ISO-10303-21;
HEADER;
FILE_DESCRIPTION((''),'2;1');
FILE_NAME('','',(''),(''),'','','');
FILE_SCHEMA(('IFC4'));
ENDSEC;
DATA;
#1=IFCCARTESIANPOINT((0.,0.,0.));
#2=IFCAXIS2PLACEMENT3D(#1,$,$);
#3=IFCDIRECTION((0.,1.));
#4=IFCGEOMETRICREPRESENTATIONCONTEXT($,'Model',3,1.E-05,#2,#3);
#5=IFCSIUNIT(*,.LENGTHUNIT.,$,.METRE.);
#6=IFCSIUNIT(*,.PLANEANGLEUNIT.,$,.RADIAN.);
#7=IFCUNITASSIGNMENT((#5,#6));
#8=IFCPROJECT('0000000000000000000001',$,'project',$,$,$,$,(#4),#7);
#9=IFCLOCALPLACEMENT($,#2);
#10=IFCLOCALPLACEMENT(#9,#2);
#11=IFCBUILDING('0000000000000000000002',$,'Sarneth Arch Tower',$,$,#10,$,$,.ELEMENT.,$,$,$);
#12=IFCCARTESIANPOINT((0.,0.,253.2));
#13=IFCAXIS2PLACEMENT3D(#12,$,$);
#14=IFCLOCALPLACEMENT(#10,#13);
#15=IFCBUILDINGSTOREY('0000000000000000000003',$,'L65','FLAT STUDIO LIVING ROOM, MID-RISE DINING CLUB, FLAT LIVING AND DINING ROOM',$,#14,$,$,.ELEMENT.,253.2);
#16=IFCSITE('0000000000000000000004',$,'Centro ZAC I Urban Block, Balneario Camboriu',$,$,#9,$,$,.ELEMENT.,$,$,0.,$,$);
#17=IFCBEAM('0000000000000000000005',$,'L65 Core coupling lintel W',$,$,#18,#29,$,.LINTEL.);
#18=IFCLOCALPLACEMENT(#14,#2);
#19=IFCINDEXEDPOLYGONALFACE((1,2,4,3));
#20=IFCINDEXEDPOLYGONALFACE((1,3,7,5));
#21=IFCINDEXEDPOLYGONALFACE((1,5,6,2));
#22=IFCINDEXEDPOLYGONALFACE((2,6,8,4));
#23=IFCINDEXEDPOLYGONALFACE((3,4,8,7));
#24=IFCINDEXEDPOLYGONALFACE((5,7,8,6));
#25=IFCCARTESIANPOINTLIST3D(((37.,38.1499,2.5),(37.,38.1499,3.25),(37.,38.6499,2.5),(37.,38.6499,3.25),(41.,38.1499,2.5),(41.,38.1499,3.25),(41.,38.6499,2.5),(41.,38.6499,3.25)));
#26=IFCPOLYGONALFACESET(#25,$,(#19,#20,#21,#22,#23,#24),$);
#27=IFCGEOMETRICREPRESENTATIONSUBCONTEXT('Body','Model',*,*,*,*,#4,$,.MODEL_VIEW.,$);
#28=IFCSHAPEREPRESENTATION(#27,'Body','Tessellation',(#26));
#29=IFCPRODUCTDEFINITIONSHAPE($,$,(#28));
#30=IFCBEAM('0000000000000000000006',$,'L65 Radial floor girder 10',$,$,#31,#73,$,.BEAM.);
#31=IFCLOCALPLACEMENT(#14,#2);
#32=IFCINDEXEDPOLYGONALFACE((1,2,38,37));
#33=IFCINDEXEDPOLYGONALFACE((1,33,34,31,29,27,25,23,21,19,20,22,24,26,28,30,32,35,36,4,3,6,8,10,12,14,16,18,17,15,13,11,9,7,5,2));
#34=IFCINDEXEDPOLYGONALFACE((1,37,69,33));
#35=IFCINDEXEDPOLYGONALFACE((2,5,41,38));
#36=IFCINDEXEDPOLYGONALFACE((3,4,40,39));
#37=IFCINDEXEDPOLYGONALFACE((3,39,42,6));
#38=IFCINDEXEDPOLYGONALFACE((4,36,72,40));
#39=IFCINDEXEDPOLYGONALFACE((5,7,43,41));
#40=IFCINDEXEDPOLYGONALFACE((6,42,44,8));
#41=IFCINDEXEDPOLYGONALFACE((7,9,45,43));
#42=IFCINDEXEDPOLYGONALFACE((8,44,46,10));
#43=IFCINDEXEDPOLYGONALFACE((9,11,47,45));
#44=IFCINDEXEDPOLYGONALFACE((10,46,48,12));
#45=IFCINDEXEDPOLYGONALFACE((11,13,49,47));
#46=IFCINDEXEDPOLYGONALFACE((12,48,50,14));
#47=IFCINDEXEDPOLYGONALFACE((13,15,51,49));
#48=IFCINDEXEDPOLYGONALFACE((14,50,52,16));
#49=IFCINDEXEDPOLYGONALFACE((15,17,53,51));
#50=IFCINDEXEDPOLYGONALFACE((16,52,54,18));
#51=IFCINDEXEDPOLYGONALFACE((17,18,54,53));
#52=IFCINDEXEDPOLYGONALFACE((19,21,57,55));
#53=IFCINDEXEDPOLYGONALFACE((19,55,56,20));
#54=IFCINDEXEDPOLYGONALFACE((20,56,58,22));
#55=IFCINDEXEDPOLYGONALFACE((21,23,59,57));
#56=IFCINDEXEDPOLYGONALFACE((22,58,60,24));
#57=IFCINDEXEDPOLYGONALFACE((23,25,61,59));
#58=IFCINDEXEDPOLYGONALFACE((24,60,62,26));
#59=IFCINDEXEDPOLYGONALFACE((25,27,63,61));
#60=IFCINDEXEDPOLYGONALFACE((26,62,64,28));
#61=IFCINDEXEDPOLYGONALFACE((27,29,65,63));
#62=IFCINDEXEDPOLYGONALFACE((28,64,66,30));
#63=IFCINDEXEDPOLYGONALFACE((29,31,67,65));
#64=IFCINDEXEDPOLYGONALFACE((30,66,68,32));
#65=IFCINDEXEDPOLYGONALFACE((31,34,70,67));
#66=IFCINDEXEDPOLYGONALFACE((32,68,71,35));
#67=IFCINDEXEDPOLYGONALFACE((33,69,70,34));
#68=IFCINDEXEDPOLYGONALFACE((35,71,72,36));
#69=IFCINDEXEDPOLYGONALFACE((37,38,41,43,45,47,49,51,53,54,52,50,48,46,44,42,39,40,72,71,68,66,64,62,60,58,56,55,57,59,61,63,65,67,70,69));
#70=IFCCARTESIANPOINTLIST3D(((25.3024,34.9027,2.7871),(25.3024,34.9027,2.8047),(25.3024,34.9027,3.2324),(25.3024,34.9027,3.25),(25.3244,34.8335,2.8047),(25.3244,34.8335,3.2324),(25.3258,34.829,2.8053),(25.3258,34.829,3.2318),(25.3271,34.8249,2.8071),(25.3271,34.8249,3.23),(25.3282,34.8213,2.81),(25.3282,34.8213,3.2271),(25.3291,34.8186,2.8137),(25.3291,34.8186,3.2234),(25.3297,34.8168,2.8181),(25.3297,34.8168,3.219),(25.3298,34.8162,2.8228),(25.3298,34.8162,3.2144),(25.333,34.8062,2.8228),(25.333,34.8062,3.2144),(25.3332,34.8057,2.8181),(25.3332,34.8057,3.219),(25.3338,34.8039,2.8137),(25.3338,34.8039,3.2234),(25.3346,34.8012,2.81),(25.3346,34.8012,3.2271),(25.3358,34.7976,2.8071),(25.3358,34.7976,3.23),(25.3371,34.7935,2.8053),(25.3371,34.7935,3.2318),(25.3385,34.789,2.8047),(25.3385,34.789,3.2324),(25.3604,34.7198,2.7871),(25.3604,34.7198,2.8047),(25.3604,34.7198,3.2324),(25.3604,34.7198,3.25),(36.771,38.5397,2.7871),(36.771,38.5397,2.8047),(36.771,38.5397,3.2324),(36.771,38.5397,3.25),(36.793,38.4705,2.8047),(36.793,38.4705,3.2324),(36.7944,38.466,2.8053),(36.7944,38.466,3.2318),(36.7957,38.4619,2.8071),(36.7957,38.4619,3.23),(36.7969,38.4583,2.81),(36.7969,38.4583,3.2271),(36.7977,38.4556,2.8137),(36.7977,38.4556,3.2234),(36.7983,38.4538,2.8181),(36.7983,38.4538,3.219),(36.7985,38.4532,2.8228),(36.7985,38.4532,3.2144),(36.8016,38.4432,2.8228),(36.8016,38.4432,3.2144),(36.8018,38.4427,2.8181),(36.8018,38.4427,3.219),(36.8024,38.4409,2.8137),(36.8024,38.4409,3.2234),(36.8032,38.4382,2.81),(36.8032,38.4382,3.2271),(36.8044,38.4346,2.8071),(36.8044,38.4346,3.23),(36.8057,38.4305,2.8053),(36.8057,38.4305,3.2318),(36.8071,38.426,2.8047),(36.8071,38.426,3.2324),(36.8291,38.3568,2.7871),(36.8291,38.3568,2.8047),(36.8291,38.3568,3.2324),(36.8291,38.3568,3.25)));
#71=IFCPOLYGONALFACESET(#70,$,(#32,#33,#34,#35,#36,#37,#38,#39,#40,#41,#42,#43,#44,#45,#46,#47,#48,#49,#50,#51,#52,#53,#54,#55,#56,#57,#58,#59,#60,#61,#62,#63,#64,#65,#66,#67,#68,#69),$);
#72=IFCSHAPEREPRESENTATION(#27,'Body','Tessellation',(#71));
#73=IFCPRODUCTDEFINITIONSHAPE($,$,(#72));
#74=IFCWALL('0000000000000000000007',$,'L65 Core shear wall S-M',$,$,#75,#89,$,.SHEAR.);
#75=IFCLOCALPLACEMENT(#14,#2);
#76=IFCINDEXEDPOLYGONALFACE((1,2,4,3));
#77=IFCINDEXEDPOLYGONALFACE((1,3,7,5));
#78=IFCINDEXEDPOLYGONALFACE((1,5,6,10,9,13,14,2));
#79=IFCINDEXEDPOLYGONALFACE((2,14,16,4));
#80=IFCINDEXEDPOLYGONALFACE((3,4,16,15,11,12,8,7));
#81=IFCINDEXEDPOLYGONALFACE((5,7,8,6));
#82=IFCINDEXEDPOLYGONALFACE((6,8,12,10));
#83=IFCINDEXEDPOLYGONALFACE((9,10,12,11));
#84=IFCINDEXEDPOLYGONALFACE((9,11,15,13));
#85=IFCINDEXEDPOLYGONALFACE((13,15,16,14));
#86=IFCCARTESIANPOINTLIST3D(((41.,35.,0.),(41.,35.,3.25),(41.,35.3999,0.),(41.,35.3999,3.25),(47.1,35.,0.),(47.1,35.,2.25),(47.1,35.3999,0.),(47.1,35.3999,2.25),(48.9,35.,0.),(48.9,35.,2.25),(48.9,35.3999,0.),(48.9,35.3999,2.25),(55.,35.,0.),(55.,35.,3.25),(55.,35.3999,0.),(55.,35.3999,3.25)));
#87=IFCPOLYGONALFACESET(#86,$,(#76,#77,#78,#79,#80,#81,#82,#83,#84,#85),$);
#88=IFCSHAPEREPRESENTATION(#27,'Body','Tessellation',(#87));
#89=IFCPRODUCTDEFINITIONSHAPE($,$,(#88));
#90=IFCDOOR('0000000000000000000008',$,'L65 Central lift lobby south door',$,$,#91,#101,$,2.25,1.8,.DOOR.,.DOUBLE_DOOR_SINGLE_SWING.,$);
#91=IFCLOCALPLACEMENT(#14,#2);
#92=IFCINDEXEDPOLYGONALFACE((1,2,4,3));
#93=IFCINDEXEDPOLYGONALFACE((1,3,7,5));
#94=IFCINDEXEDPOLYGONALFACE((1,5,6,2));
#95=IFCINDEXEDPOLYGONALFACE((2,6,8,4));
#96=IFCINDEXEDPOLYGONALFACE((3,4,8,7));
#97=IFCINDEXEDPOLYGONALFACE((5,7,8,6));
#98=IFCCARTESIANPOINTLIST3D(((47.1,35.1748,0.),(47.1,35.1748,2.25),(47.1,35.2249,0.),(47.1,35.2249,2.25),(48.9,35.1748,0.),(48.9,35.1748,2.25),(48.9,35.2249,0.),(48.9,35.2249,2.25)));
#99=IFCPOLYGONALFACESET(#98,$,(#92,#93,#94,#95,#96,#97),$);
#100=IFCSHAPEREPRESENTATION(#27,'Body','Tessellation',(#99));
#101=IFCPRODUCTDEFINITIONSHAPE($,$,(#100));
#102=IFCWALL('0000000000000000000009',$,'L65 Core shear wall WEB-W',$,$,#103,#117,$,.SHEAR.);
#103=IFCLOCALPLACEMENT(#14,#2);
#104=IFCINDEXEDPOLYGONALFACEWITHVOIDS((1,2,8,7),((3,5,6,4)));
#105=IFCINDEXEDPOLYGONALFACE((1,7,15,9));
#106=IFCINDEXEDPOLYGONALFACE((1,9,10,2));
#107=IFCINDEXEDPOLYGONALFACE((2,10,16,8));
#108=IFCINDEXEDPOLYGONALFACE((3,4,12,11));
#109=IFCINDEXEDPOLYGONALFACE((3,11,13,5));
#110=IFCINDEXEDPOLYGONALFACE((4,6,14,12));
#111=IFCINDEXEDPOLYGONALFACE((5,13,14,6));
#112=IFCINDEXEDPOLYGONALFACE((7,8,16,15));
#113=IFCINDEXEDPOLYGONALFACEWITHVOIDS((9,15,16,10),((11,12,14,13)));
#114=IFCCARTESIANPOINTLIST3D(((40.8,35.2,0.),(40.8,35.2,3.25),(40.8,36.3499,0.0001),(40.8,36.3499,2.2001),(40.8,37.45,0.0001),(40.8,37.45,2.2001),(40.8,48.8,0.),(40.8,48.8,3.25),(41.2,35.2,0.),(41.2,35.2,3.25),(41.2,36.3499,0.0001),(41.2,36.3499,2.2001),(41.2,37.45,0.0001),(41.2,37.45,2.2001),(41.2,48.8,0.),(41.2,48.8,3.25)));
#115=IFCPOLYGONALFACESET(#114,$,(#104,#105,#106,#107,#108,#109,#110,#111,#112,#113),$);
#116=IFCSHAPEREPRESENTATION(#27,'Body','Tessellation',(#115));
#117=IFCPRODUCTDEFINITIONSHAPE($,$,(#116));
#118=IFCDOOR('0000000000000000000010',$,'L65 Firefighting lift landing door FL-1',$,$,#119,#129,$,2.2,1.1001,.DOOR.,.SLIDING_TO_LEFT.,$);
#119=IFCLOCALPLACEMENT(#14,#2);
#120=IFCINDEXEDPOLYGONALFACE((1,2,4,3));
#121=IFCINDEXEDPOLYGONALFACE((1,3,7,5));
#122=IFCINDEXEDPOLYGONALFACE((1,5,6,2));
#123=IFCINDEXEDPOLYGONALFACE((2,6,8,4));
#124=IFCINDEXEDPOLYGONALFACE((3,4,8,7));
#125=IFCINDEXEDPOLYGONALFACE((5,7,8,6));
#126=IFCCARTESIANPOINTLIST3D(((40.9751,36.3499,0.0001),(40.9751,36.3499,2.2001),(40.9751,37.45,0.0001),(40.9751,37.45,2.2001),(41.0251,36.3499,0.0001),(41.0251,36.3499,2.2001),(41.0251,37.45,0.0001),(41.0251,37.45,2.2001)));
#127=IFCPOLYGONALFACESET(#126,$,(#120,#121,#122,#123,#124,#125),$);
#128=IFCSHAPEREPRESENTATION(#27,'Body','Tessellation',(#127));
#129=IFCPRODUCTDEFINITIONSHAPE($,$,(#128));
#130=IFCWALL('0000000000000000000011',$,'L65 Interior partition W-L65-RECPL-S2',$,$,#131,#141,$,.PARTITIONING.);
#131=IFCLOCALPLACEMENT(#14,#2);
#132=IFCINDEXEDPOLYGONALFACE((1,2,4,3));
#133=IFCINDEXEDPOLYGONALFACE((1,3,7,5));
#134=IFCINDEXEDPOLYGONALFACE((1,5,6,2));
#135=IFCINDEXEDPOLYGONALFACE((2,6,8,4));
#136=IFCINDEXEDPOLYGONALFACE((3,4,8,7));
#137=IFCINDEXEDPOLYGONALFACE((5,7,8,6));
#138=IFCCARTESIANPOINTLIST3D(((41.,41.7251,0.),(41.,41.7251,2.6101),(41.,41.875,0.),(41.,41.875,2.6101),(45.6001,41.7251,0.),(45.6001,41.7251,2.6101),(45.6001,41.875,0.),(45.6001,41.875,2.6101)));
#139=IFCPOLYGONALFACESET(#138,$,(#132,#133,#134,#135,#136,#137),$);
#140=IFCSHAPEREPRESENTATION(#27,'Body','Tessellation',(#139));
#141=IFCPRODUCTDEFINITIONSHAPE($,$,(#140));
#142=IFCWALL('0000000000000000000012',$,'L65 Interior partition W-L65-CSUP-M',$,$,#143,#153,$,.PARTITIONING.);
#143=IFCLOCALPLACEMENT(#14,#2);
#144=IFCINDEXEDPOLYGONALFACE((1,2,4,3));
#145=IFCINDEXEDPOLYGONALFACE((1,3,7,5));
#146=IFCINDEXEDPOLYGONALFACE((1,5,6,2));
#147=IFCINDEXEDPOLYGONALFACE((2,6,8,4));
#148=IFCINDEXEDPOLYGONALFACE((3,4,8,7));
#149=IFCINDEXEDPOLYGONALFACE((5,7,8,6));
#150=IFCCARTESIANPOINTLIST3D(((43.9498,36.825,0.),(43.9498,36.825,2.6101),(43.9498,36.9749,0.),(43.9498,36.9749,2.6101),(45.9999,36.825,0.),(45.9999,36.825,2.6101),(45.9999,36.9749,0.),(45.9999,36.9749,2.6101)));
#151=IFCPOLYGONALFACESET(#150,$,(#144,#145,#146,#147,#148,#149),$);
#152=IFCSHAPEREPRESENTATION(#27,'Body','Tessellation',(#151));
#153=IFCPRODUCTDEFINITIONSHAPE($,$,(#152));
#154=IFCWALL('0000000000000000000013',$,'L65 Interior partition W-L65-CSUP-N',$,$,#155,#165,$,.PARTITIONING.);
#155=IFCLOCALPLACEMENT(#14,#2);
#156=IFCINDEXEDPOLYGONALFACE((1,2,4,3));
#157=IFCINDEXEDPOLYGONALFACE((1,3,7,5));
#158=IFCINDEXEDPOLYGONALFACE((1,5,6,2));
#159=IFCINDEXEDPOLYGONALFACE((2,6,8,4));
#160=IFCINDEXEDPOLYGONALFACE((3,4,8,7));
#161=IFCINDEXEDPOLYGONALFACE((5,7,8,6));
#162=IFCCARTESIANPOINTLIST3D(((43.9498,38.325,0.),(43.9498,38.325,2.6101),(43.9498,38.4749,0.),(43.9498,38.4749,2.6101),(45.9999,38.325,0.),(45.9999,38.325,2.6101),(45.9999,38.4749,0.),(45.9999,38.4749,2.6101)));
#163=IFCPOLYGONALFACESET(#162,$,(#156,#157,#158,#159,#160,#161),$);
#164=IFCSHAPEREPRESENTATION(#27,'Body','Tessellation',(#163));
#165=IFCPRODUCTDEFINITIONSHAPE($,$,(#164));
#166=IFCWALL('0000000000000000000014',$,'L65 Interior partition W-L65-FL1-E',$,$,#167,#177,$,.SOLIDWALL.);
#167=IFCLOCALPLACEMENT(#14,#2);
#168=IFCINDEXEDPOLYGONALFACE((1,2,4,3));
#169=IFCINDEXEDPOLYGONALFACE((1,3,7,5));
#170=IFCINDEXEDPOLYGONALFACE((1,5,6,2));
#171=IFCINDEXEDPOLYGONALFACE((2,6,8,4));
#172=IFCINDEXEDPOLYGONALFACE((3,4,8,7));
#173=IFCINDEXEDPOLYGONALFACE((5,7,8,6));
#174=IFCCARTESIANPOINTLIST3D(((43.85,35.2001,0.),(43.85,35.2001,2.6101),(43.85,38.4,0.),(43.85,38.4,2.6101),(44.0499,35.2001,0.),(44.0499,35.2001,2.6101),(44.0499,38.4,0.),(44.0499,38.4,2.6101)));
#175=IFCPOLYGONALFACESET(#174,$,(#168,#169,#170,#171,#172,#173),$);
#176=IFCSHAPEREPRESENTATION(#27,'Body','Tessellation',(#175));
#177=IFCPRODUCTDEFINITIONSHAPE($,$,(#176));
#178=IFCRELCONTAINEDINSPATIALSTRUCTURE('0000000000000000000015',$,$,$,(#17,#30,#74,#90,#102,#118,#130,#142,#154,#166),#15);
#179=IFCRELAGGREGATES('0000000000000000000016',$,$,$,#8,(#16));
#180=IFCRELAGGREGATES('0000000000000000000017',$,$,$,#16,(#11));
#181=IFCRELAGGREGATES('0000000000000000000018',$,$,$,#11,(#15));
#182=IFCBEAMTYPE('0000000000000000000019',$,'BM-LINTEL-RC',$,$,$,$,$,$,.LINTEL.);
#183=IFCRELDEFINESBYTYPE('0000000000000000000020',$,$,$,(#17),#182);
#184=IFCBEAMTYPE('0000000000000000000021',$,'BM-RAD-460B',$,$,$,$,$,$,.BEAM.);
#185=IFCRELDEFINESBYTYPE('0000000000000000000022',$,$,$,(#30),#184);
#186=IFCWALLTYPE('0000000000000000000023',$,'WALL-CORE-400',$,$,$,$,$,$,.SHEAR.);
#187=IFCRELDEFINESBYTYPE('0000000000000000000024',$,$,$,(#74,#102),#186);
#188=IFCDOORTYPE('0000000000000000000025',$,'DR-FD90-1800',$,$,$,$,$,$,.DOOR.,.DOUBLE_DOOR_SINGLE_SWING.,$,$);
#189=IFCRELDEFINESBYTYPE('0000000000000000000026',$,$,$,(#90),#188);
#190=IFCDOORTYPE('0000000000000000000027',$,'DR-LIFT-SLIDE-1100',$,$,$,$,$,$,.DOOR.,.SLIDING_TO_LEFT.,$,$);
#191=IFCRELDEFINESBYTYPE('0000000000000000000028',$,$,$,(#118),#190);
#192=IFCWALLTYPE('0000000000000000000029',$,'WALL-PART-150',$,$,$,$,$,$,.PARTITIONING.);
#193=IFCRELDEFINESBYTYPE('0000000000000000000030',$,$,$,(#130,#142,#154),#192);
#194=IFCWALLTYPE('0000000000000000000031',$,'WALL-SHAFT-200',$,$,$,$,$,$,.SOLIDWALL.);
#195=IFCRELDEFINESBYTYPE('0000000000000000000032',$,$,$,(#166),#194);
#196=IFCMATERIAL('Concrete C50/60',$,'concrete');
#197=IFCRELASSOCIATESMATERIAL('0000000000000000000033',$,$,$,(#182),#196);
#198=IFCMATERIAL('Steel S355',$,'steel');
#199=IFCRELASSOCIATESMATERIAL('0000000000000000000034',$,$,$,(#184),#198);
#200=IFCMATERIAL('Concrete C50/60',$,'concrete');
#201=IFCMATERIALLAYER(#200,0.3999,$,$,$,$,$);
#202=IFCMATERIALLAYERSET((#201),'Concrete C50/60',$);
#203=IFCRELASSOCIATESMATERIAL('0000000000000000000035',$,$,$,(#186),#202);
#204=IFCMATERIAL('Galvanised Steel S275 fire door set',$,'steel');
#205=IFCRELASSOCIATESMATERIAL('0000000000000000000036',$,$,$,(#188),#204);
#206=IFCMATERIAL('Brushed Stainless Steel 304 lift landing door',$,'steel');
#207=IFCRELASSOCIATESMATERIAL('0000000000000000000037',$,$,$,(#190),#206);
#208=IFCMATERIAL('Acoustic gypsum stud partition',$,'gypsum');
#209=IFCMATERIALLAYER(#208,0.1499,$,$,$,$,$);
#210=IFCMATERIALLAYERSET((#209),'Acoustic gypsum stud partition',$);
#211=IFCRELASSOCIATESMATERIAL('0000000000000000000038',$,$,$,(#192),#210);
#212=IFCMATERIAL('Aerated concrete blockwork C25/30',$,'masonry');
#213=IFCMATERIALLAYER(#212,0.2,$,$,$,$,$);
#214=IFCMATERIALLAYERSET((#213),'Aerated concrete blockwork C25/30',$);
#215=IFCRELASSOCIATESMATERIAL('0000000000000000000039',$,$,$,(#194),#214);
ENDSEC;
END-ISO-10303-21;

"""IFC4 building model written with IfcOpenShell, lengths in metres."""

from ifc_helpers import new_model, si_unit, direction, frame, frame_2d, origin, origin_2d, place, context, subcontext, project, spatial, rectangle, i_section, extrude, material, layer, layer_set, material_profile, profile_set, type_object, element, fill, save


model = new_model("IFC4")

# Units and contexts
model_context = context("Model", 3, precision=1e-05, world=origin(), true_north=direction((0.0, 1.0)))
body_context = subcontext(model_context, "Body", "Model", "MODEL_VIEW")
ifc_project = project(units=[si_unit("LENGTHUNIT", "METRE"), si_unit("PLANEANGLEUNIT", "RADIAN")], contexts=[model_context])

# Site, building, storey
site_placement = place(None, origin())
site = spatial("IfcSite", under=ifc_project, at=site_placement, Name="Centro ZAC I Urban Block, Balneario Camboriu", CompositionType="ELEMENT", RefElevation=0.0)
building_placement = place(site_placement, origin())
building = spatial("IfcBuilding", under=site, at=building_placement, Name="Sarneth Arch Tower", CompositionType="ELEMENT")
storey_placement = place(building_placement, frame((0.0, 0.0, 253.2)))
storey = spatial("IfcBuildingStorey", under=building, at=storey_placement, Name="L65", Description="FLAT STUDIO LIVING ROOM, MID-RISE DINING CLUB, FLAT LIVING AND DINING ROOM", CompositionType="ELEMENT", Elevation=253.2)

# Beams
ifc_material_1 = material(Name="Concrete C50/60", Category="concrete")
ifc_material_profile_1 = material_profile(ifc_material_1, rectangle(XDim=0.5, YDim=0.75, at=origin_2d()), Name="RC-500x750")
ifc_profile_set_1 = profile_set([ifc_material_profile_1], Name="Concrete C50/60")
beam_type_1 = type_object("IfcBeamType", Name="BM-LINTEL-RC", PredefinedType="LINTEL", material=ifc_profile_set_1)
beam_1_placement = place(storey_placement, frame((37.0, 38.3999, 2.875), z_axis=(1.0, 0.0, 0.0), x_axis=(0.0, 1.0, 0.0)))
element("IfcBeam", 1, at=beam_1_placement, inside=storey, type_object=beam_type_1, Name="L65 Core coupling lintel W", PredefinedType="LINTEL", context=body_context, shape_type="SweptSolid", body=[
    extrude(rectangle(XDim=0.5, YDim=0.75, at=origin_2d()), origin(), (0.0, 0.0, 1.0), 4.0),
])
ifc_material_2 = material(Name="Steel S355", Category="steel")
ifc_material_profile_2 = material_profile(ifc_material_2, i_section(OverallWidth=0.1919, OverallDepth=0.4629, WebThickness=0.0105, FlangeThickness=0.0176, FilletRadius=0.0181, at=origin_2d()), Name="W460x89")
ifc_profile_set_2 = profile_set([ifc_material_profile_2], Name="Steel S355")
beam_type_2 = type_object("IfcBeamType", Name="BM-RAD-460B", PredefinedType="BEAM", material=ifc_profile_set_2)
beam_2_placement = place(storey_placement, frame((36.8, 38.4482, 3.0186), z_axis=(-0.953216, -0.30229, 0.0), x_axis=(0.30229, -0.953216, 0.0)))
element("IfcBeam", 2, at=beam_2_placement, inside=storey, type_object=beam_type_2, Name="L65 Radial floor girder 10", PredefinedType="BEAM", context=body_context, shape_type="SweptSolid", body=[
    extrude(i_section(OverallWidth=0.1919, OverallDepth=0.4629, WebThickness=0.0105, FlangeThickness=0.0176, FilletRadius=0.0181, at=origin_2d()), origin(), (0.0, 0.0, 1.0), 12.0315),
])

# Walls, openings, doors
ifc_material_3 = material(Name="Concrete C50/60", Category="concrete")
ifc_layer_1 = layer(ifc_material_3, 0.3999)
ifc_layer_set_1 = layer_set([ifc_layer_1], Name="Concrete C50/60")
wall_type_1 = type_object("IfcWallType", Name="WALL-CORE-400", PredefinedType="SHEAR", material=ifc_layer_set_1)
wall_1_placement = place(storey_placement, frame((41.0, 35.2, 0.0), z_axis=(0.0, 0.0, 1.0), x_axis=(1.0, 0.0, 0.0)))
wall_1 = element("IfcWall", 3, at=wall_1_placement, inside=storey, type_object=wall_type_1, Name="L65 Core shear wall S-M", PredefinedType="SHEAR", context=body_context, shape_type="SweptSolid", body=[
    extrude(rectangle(XDim=14.0, YDim=0.3999, at=frame_2d((7.0, 0.0))), origin(), (0.0, 0.0, 1.0), 3.25),
])
opening_1_placement = place(wall_1_placement, frame((6.1001, 0.0, 0.0)))
opening_1 = element("IfcOpeningElement", 4, at=opening_1_placement, cuts=wall_1, PredefinedType="OPENING", context=body_context, shape_type="SweptSolid", body=[
    extrude(rectangle(XDim=1.8, YDim=2.25, at=frame_2d((0.8999, 1.125))), frame((0.0, 0.21, 0.0), z_axis=(0.0, -1.0, 0.0), x_axis=(1.0, 0.0, 0.0)), (0.0, 0.0, 1.0), 0.4199),
])
ifc_material_4 = material(Name="Galvanised Steel S275 fire door set", Category="steel")
door_type_1 = type_object("IfcDoorType", Name="DR-FD90-1800", OperationType="DOUBLE_DOOR_SINGLE_SWING", PredefinedType="DOOR", material=ifc_material_4)
door_1_placement = place(opening_1_placement, origin())
door_1 = element("IfcDoor", 5, at=door_1_placement, inside=storey, type_object=door_type_1, Name="L65 Central lift lobby south door", OperationType="DOUBLE_DOOR_SINGLE_SWING", OverallHeight=2.25, OverallWidth=1.8, PredefinedType="DOOR", context=body_context, shape_type="SweptSolid", body=[
    extrude(rectangle(XDim=1.8, YDim=2.25, at=frame_2d((0.8999, 1.125))), frame((0.0, 0.0249, 0.0), z_axis=(0.0, -1.0, 0.0), x_axis=(1.0, 0.0, 0.0)), (0.0, 0.0, 1.0), 0.05),
])
fill(opening_1, door_1)
wall_2_placement = place(storey_placement, frame((41.0, 35.2, 0.0), z_axis=(0.0, 0.0, 1.0), x_axis=(0.0, 1.0, 0.0)))
wall_2 = element("IfcWall", 6, at=wall_2_placement, inside=storey, type_object=wall_type_1, Name="L65 Core shear wall WEB-W", PredefinedType="SHEAR", context=body_context, shape_type="SweptSolid", body=[
    extrude(rectangle(XDim=13.6001, YDim=0.3999, at=frame_2d((6.8, 0.0))), origin(), (0.0, 0.0, 1.0), 3.25),
])
opening_2_placement = place(wall_2_placement, frame((1.1499, 0.0, 0.0)))
opening_2 = element("IfcOpeningElement", 7, at=opening_2_placement, cuts=wall_2, PredefinedType="OPENING", context=body_context, shape_type="SweptSolid", body=[
    extrude(rectangle(XDim=1.1001, YDim=2.2, at=frame_2d((0.55, 1.1001))), frame((0.0, 0.21, 0.0), z_axis=(0.0, -1.0, 0.0), x_axis=(1.0, 0.0, 0.0)), (0.0, 0.0, 1.0), 0.4199),
])
ifc_material_5 = material(Name="Brushed Stainless Steel 304 lift landing door", Category="steel")
door_type_2 = type_object("IfcDoorType", Name="DR-LIFT-SLIDE-1100", OperationType="SLIDING_TO_LEFT", PredefinedType="DOOR", material=ifc_material_5)
door_2_placement = place(opening_2_placement, origin())
door_2 = element("IfcDoor", 8, at=door_2_placement, inside=storey, type_object=door_type_2, Name="L65 Firefighting lift landing door FL-1", OperationType="SLIDING_TO_LEFT", OverallHeight=2.2, OverallWidth=1.1001, PredefinedType="DOOR", context=body_context, shape_type="SweptSolid", body=[
    extrude(rectangle(XDim=1.1001, YDim=2.2, at=frame_2d((0.55, 1.1001))), frame((0.0, 0.0249, 0.0), z_axis=(0.0, -1.0, 0.0), x_axis=(1.0, 0.0, 0.0)), (0.0, 0.0, 1.0), 0.05),
])
fill(opening_2, door_2)
ifc_material_6 = material(Name="Acoustic gypsum stud partition", Category="gypsum")
ifc_layer_2 = layer(ifc_material_6, 0.1499)
ifc_layer_set_2 = layer_set([ifc_layer_2], Name="Acoustic gypsum stud partition")
wall_type_2 = type_object("IfcWallType", Name="WALL-PART-150", PredefinedType="PARTITIONING", material=ifc_layer_set_2)

# Wall
wall_3_placement = place(storey_placement, frame((41.0, 41.8, 0.0), z_axis=(0.0, 0.0, 1.0), x_axis=(1.0, 0.0, 0.0)))
element("IfcWall", 9, at=wall_3_placement, inside=storey, type_object=wall_type_2, Name="L65 Interior partition W-L65-RECPL-S2", PredefinedType="PARTITIONING", context=body_context, shape_type="SweptSolid", body=[
    extrude(rectangle(XDim=4.6001, YDim=0.1499, at=frame_2d((2.3, 0.0))), origin(), (0.0, 0.0, 1.0), 2.6101),
])

# Walls
for number, where, z_axis, x_axis, name in (
    (10, (43.95, 36.8999, 0.0), (0.0, 0.0, 1.0), (1.0, 0.0, 0.0), "L65 Interior partition W-L65-CSUP-M"),
    (11, (43.95, 38.3999, 0.0), (0.0, 0.0, 1.0), (1.0, 0.0, 0.0), "L65 Interior partition W-L65-CSUP-N"),
):
    element("IfcWall", number, at=place(storey_placement, frame(where, z_axis=z_axis, x_axis=x_axis)), inside=storey, type_object=wall_type_2, Name=name, PredefinedType="PARTITIONING", context=body_context, shape_type="SweptSolid", body=[
        extrude(rectangle(XDim=2.05, YDim=0.1499, at=frame_2d((1.0249, 0.0))), origin(), (0.0, 0.0, 1.0), 2.6101),
    ])

# Shared definitions
ifc_material_7 = material(Name="Aerated concrete blockwork C25/30", Category="masonry")
ifc_layer_3 = layer(ifc_material_7, 0.2)
ifc_layer_set_3 = layer_set([ifc_layer_3], Name="Aerated concrete blockwork C25/30")
wall_type_3 = type_object("IfcWallType", Name="WALL-SHAFT-200", PredefinedType="SOLIDWALL", material=ifc_layer_set_3)

# Wall
wall_4_placement = place(storey_placement, frame((43.95, 35.2, 0.0), z_axis=(0.0, 0.0, 1.0), x_axis=(0.0, 1.0, 0.0)))
element("IfcWall", 12, at=wall_4_placement, inside=storey, type_object=wall_type_3, Name="L65 Interior partition W-L65-FL1-E", PredefinedType="SOLIDWALL", context=body_context, shape_type="SweptSolid", body=[
    extrude(rectangle(XDim=3.2, YDim=0.2, at=frame_2d((1.6001, 0.0))), origin(), (0.0, 0.0, 1.0), 2.6101),
])

save(model, "model.ifc")
